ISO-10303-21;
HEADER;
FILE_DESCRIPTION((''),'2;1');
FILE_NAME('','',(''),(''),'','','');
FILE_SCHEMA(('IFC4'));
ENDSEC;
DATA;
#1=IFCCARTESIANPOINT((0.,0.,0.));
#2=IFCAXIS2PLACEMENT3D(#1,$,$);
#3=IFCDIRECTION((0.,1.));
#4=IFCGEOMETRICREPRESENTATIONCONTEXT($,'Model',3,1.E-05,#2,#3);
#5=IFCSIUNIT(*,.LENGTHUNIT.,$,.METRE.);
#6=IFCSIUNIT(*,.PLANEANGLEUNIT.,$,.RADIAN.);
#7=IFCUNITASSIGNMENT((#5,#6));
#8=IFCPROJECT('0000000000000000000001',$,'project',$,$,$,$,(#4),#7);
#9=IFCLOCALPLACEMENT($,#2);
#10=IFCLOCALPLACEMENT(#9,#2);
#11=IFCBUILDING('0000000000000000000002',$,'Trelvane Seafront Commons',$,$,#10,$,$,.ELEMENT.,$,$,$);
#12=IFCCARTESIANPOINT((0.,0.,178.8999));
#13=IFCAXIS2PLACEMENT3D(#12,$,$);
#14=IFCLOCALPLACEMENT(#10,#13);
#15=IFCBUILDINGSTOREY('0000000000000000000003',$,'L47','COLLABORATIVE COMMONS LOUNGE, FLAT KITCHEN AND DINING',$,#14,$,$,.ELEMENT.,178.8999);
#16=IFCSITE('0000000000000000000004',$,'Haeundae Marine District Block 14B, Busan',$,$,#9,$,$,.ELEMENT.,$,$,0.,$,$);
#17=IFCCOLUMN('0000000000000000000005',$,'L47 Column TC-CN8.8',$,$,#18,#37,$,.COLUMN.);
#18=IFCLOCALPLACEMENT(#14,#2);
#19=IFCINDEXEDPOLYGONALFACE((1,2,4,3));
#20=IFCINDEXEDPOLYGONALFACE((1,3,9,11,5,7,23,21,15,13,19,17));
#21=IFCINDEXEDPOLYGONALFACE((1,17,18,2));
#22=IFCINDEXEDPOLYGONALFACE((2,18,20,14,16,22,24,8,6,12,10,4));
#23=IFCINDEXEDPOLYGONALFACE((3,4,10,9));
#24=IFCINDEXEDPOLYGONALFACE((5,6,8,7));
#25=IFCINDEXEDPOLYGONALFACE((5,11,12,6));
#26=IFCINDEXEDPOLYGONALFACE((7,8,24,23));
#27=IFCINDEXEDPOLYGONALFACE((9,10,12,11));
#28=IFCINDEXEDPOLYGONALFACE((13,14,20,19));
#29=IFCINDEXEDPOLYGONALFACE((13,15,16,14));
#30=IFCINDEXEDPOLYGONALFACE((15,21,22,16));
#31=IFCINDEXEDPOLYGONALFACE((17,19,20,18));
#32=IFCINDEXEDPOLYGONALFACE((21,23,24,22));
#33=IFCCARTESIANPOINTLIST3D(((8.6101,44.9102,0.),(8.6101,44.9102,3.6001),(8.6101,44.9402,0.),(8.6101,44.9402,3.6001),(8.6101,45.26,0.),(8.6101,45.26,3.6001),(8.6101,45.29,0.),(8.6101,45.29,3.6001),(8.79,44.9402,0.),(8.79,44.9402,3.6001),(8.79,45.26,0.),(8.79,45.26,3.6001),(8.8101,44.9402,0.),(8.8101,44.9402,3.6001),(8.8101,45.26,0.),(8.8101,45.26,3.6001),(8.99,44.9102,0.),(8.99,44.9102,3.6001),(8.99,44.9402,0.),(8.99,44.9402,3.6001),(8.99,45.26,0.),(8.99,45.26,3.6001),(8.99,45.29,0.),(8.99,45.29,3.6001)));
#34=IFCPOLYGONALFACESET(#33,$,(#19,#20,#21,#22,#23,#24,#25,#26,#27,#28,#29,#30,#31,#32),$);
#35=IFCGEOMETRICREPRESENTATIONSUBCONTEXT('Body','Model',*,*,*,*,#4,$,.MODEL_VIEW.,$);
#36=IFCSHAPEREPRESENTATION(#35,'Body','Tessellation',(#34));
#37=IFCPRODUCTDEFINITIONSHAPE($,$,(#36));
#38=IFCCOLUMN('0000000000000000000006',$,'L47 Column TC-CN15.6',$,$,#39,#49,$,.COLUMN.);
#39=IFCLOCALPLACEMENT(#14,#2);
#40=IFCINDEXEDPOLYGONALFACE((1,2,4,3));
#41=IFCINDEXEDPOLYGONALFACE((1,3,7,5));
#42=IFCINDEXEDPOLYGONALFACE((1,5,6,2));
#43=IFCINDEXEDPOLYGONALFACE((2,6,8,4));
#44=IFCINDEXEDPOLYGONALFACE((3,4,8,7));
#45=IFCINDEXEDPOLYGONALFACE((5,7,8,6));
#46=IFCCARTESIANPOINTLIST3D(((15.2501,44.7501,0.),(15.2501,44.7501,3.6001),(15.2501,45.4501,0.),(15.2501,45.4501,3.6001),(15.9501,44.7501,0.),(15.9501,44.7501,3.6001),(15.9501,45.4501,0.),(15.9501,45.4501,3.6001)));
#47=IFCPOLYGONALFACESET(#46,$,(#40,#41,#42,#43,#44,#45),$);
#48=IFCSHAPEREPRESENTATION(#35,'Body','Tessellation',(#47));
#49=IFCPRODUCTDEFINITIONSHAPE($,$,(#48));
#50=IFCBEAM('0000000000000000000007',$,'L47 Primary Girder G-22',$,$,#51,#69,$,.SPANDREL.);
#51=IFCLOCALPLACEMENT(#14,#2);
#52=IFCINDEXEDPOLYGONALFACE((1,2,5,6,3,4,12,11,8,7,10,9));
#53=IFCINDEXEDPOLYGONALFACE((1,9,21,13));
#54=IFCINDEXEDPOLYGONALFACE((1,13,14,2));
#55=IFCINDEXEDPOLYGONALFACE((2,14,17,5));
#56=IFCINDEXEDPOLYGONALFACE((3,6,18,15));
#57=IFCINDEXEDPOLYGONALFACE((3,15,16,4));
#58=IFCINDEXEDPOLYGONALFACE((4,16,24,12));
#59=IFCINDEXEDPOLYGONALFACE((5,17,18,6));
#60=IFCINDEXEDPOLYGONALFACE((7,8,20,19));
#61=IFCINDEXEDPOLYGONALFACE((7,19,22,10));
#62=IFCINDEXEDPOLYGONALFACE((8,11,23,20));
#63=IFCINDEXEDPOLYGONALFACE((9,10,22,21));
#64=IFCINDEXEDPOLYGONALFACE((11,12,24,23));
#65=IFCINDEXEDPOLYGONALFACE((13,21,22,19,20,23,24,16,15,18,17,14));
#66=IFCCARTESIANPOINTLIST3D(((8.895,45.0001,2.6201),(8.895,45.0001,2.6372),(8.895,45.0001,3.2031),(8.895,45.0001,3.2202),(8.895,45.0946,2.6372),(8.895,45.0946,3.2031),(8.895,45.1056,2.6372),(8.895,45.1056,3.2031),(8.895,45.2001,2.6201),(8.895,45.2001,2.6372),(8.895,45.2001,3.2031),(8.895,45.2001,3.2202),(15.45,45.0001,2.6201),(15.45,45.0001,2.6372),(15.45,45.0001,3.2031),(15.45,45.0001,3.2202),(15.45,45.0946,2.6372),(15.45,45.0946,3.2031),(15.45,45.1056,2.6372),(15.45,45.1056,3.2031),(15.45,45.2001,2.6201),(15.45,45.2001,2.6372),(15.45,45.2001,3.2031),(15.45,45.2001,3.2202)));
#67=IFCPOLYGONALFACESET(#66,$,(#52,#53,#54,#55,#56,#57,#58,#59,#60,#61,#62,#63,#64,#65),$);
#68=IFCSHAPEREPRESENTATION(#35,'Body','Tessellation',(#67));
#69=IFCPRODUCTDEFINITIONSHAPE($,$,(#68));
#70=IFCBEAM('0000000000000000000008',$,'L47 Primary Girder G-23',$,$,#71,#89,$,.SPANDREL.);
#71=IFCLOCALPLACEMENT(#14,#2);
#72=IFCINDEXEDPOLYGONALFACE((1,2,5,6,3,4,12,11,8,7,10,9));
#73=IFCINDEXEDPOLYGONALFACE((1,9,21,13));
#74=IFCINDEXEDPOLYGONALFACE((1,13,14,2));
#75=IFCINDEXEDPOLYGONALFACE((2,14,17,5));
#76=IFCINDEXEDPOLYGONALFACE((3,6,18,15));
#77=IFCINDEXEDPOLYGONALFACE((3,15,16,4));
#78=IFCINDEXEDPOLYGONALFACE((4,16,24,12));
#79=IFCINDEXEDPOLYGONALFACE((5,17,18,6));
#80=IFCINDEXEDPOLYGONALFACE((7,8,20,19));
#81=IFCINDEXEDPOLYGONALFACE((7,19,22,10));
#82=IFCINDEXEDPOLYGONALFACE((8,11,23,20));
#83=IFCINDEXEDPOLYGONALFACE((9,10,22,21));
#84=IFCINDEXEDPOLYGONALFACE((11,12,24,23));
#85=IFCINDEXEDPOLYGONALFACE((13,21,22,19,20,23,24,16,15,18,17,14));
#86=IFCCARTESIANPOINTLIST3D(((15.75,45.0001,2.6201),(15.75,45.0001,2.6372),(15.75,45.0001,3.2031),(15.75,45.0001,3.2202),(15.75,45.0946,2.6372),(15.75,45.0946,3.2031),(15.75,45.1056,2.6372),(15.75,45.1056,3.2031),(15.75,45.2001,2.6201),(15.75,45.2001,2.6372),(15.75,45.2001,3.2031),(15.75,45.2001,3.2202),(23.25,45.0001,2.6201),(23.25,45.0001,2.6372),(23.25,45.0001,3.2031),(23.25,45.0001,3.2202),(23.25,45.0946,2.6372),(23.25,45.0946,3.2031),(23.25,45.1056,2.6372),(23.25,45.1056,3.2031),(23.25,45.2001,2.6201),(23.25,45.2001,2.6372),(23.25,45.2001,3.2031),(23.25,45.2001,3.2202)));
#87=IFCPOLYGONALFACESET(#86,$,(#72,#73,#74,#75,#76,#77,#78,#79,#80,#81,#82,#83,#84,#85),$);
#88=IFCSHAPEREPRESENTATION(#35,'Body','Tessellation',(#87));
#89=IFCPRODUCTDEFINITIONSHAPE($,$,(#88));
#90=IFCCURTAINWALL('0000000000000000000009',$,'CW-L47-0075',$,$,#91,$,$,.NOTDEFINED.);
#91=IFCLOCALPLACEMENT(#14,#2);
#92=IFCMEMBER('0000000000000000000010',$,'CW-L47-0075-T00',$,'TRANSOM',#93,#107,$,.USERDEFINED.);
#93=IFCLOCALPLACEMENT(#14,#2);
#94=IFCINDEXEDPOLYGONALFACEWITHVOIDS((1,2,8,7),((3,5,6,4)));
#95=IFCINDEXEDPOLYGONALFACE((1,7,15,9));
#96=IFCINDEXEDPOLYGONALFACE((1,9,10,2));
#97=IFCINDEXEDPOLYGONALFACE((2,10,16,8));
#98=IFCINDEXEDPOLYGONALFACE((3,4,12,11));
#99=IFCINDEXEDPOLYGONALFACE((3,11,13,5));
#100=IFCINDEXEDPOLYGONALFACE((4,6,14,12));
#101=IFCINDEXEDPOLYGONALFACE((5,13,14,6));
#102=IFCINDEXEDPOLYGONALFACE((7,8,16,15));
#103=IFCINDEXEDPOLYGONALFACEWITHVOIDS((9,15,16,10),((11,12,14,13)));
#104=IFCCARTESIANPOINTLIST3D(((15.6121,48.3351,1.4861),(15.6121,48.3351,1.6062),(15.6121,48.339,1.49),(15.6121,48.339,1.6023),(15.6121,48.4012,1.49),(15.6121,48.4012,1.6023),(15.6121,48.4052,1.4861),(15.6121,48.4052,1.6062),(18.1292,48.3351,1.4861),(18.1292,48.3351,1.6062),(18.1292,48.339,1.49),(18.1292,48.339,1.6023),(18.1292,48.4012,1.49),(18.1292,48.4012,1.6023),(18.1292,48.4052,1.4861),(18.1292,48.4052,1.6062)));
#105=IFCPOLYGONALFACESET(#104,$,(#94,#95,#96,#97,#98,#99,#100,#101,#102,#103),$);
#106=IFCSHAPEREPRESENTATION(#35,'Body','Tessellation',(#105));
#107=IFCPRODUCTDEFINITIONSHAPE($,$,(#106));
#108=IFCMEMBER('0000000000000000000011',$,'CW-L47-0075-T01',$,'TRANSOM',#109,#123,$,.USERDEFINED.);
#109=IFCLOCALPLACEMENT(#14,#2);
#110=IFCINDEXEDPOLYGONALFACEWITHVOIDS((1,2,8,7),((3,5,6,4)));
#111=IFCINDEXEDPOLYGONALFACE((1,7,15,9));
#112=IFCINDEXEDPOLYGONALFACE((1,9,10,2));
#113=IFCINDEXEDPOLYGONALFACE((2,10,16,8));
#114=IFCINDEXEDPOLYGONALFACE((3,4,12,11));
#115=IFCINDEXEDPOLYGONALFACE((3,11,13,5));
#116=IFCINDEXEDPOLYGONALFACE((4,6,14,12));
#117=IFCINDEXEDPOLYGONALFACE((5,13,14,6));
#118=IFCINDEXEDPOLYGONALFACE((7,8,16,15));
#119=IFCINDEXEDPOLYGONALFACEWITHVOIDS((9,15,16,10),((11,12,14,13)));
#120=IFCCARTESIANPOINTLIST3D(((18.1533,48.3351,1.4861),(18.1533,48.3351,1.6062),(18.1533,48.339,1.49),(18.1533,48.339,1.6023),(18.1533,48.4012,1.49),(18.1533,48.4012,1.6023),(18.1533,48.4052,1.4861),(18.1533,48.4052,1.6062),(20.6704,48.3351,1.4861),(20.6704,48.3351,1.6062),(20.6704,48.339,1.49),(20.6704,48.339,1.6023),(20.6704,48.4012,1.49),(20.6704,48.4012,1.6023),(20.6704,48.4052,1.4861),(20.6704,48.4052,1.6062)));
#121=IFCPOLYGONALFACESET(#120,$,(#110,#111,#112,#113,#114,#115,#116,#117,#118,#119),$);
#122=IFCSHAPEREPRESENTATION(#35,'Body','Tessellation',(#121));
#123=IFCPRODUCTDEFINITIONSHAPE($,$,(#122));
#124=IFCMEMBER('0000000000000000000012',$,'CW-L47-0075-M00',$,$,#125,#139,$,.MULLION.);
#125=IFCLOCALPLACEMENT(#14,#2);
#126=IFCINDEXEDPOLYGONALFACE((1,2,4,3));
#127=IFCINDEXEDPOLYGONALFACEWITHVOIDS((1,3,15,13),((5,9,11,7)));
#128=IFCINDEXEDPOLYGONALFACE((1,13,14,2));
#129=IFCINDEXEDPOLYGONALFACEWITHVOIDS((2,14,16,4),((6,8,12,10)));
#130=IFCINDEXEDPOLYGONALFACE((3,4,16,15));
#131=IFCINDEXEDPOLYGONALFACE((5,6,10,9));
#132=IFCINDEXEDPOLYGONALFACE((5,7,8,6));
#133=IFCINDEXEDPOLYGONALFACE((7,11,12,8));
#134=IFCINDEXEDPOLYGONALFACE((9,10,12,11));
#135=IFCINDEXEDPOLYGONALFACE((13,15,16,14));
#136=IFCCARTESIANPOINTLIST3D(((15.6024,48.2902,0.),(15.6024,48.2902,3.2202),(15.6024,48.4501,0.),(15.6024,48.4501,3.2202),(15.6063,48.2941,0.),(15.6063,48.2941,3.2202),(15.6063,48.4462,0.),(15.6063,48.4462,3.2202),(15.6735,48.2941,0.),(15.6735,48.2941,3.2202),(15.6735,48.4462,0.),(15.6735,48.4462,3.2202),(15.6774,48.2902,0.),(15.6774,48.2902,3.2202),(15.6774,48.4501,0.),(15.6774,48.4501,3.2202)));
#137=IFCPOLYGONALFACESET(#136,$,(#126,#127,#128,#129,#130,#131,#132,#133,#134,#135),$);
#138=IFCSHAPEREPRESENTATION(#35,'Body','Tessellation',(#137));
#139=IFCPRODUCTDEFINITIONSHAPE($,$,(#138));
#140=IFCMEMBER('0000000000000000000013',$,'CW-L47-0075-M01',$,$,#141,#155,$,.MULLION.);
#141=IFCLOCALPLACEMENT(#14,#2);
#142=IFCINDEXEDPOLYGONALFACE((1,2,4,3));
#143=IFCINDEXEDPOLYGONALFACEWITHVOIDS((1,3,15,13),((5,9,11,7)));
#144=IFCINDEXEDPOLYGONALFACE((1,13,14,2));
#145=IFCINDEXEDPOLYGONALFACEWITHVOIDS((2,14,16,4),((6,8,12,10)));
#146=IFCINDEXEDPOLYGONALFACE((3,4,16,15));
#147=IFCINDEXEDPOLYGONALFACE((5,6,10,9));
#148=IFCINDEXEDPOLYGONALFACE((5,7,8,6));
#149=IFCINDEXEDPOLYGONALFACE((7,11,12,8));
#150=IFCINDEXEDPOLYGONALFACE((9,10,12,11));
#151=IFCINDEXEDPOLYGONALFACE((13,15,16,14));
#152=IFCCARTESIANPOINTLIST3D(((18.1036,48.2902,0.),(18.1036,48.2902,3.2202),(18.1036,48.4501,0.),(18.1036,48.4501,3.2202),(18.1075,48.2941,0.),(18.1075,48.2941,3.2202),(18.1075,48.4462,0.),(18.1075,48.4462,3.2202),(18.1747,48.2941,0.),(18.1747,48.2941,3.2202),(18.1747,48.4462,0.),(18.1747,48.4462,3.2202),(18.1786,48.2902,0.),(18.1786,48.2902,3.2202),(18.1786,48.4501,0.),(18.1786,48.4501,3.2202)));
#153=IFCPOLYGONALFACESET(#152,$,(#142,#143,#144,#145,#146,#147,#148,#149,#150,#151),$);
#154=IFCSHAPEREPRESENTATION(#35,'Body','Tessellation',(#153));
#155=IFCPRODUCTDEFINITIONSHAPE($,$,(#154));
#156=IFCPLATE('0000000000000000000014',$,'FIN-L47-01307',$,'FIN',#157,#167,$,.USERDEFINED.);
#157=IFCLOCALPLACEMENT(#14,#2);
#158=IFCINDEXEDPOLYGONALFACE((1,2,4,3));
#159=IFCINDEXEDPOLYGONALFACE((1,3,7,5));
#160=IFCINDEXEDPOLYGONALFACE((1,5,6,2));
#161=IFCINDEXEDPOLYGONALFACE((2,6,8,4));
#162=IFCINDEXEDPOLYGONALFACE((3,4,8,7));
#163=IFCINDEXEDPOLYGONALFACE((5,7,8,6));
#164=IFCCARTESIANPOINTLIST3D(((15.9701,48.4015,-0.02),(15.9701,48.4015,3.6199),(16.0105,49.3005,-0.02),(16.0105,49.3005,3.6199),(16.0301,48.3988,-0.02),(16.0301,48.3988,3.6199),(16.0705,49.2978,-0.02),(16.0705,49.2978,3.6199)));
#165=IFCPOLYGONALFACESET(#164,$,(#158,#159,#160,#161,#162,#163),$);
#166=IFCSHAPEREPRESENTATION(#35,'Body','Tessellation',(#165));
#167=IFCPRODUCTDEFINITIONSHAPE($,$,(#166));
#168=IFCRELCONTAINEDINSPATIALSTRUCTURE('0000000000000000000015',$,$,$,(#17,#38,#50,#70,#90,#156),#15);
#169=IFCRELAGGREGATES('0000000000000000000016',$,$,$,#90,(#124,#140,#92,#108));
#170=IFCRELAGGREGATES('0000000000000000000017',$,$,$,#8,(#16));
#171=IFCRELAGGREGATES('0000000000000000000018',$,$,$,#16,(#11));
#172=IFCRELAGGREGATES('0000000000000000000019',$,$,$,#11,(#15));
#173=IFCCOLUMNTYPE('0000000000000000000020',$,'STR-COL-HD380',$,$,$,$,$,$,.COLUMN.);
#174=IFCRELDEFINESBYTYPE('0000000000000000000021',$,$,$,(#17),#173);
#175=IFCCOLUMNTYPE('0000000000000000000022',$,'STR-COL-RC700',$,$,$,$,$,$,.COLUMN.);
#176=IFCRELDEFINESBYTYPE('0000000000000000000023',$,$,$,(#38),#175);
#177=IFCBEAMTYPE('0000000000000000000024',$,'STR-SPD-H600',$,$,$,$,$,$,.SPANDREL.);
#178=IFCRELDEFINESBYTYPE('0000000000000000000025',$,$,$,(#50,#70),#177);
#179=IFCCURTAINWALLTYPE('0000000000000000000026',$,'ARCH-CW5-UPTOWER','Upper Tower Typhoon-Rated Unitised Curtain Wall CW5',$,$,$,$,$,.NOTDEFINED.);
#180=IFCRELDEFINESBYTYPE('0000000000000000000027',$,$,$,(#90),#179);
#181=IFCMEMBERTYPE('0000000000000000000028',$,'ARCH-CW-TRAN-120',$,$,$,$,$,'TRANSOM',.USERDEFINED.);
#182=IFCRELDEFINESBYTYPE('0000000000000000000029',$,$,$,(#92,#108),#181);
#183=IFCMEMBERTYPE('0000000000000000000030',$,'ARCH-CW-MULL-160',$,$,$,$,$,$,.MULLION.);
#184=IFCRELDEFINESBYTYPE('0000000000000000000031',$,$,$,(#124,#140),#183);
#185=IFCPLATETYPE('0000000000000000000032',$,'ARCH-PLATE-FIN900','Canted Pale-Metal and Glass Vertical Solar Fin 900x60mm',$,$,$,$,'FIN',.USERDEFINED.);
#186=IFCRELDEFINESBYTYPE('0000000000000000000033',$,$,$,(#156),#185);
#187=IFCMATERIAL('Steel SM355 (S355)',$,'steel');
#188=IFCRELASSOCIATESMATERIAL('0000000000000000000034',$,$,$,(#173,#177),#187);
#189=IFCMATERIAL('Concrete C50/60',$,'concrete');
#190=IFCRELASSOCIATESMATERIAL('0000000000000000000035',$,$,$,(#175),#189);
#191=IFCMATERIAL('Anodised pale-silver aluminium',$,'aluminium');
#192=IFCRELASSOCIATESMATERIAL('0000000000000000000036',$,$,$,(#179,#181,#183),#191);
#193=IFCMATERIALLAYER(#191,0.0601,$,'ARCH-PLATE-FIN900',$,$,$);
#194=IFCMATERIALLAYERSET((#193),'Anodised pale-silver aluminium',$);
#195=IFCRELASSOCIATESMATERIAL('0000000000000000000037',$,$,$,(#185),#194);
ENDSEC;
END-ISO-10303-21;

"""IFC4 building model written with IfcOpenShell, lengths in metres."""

from ifc_helpers import new_model, si_unit, direction, frame, origin, origin_2d, place, context, subcontext, project, spatial, rectangle, hollow_rectangle, i_section, extrude, source, transform, mapped, material, layer, layer_set, material_profile, profile_set, type_object, element, aggregate, save


model = new_model("IFC4")

# Units and contexts
model_context = context("Model", 3, precision=1e-05, world=origin(), true_north=direction((0.0, 1.0)))
body_context = subcontext(model_context, "Body", "Model", "MODEL_VIEW")
ifc_project = project(units=[si_unit("LENGTHUNIT", "METRE"), si_unit("PLANEANGLEUNIT", "RADIAN")], contexts=[model_context])

# Site, building, storey
site_placement = place(None, origin())
site = spatial("IfcSite", under=ifc_project, at=site_placement, Name="Haeundae Marine District Block 14B, Busan", CompositionType="ELEMENT", RefElevation=0.0)
building_placement = place(site_placement, origin())
building = spatial("IfcBuilding", under=site, at=building_placement, Name="Trelvane Seafront Commons", CompositionType="ELEMENT")
storey_placement = place(building_placement, frame((0.0, 0.0, 178.8999)))
storey = spatial("IfcBuildingStorey", under=building, at=storey_placement, Name="L47", Description="COLLABORATIVE COMMONS LOUNGE, FLAT KITCHEN AND DINING", CompositionType="ELEMENT", Elevation=178.8999)

# Columns
ifc_material_1 = material(Name="Steel SM355 (S355)", Category="steel")
ifc_material_profile_1 = material_profile(ifc_material_1, i_section(OverallWidth=0.3799, OverallDepth=0.3799, WebThickness=0.02, FlangeThickness=0.03, at=origin_2d()), Name="HD-380x380x20x30")
ifc_profile_set_1 = profile_set([ifc_material_profile_1], Name="Steel SM355 (S355)")
column_type_1 = type_object("IfcColumnType", Name="STR-COL-HD380", PredefinedType="COLUMN", material=ifc_profile_set_1)
shared_shape_1 = source(origin(), body_context, "Body", "SweptSolid", [
    extrude(i_section(OverallWidth=0.3799, OverallDepth=0.3799, WebThickness=0.02, FlangeThickness=0.03, at=origin_2d()), origin(), (0.0, 0.0, 1.0), 3.6001),
])
column_1_placement = place(storey_placement, frame((8.8, 45.1001, 0.0), z_axis=(0.0, 0.0, 1.0), x_axis=(1.0, 0.0, 0.0)))
element("IfcColumn", 1, at=column_1_placement, inside=storey, type_object=column_type_1, Name="L47 Column TC-CN8.8", PredefinedType="COLUMN", context=body_context, shape_type="MappedRepresentation", body=[
    mapped(shared_shape_1, transform((0.0, 0.0, 0.0), x_axis=(1.0, 0.0, 0.0), y_axis=(0.0, 1.0, 0.0), z_axis=(0.0, 0.0, 1.0), scale=1.0)),
])
ifc_material_2 = material(Name="Concrete C50/60", Category="concrete")
ifc_material_profile_2 = material_profile(ifc_material_2, rectangle(XDim=0.7, YDim=0.7, at=origin_2d()), Name="RC-700x700")
ifc_profile_set_2 = profile_set([ifc_material_profile_2], Name="Concrete C50/60")
column_type_2 = type_object("IfcColumnType", Name="STR-COL-RC700", PredefinedType="COLUMN", material=ifc_profile_set_2)
shared_shape_2 = source(origin(), body_context, "Body", "SweptSolid", [
    extrude(rectangle(XDim=0.7, YDim=0.7, at=origin_2d()), origin(), (0.0, 0.0, 1.0), 3.6001),
])
column_2_placement = place(storey_placement, frame((15.6001, 45.1001, 0.0), z_axis=(0.0, 0.0, 1.0), x_axis=(1.0, 0.0, 0.0)))
element("IfcColumn", 2, at=column_2_placement, inside=storey, type_object=column_type_2, Name="L47 Column TC-CN15.6", PredefinedType="COLUMN", context=body_context, shape_type="MappedRepresentation", body=[
    mapped(shared_shape_2, transform((0.0, 0.0, 0.0), x_axis=(1.0, 0.0, 0.0), y_axis=(0.0, 1.0, 0.0), z_axis=(0.0, 0.0, 1.0), scale=1.0)),
])

# Beams
ifc_material_profile_3 = material_profile(ifc_material_1, i_section(OverallWidth=0.2, OverallDepth=0.6001, WebThickness=0.011, FlangeThickness=0.0171, at=origin_2d()), Name="H-600x200x11x17")
ifc_profile_set_3 = profile_set([ifc_material_profile_3], Name="Steel SM355 (S355)")
beam_type = type_object("IfcBeamType", Name="STR-SPD-H600", PredefinedType="SPANDREL", material=ifc_profile_set_3)
shared_shape_3 = source(origin(), body_context, "Body", "SweptSolid", [
    extrude(i_section(OverallWidth=0.2, OverallDepth=0.6001, WebThickness=0.011, FlangeThickness=0.0171, at=origin_2d()), origin(), (0.0, 0.0, 1.0), 6.5549),
])
beam_1_placement = place(storey_placement, frame((8.895, 45.1001, 2.9202), z_axis=(1.0, 0.0, 0.0), x_axis=(0.0, 1.0, 0.0)))
element("IfcBeam", 3, at=beam_1_placement, inside=storey, type_object=beam_type, Name="L47 Primary Girder G-22", PredefinedType="SPANDREL", context=body_context, shape_type="MappedRepresentation", body=[
    mapped(shared_shape_3, transform((0.0, 0.0, 0.0), x_axis=(1.0, 0.0, 0.0), y_axis=(0.0, 1.0, 0.0), z_axis=(0.0, 0.0, 1.0), scale=1.0)),
])
shared_shape_4 = source(origin(), body_context, "Body", "SweptSolid", [
    extrude(i_section(OverallWidth=0.2, OverallDepth=0.6001, WebThickness=0.011, FlangeThickness=0.0171, at=origin_2d()), origin(), (0.0, 0.0, 1.0), 7.5),
])
beam_2_placement = place(storey_placement, frame((15.75, 45.1001, 2.9202), z_axis=(1.0, 0.0, 0.0), x_axis=(0.0, 1.0, 0.0)))
element("IfcBeam", 4, at=beam_2_placement, inside=storey, type_object=beam_type, Name="L47 Primary Girder G-23", PredefinedType="SPANDREL", context=body_context, shape_type="MappedRepresentation", body=[
    mapped(shared_shape_4, transform((0.0, 0.0, 0.0), x_axis=(1.0, 0.0, 0.0), y_axis=(0.0, 1.0, 0.0), z_axis=(0.0, 0.0, 1.0), scale=1.0)),
])

# Curtain wall, members
ifc_material_3 = material(Name="Anodised pale-silver aluminium", Category="aluminium")
curtain_wall_type = type_object("IfcCurtainWallType", Name="ARCH-CW5-UPTOWER", Description="Upper Tower Typhoon-Rated Unitised Curtain Wall CW5", PredefinedType="NOTDEFINED", material=ifc_material_3)
curtain_wall_placement = place(storey_placement, origin())
curtain_wall = element("IfcCurtainWall", 5, at=curtain_wall_placement, inside=storey, type_object=curtain_wall_type, Name="CW-L47-0075", PredefinedType="NOTDEFINED")
ifc_material_profile_4 = material_profile(ifc_material_3, hollow_rectangle(XDim=0.0701, YDim=0.1201, WallThickness=0.0039, at=origin_2d()), Name="TRAN-70x120x4")
ifc_profile_set_4 = profile_set([ifc_material_profile_4], Name="Anodised pale-silver aluminium")
member_type_1 = type_object("IfcMemberType", Name="ARCH-CW-TRAN-120", ElementType="TRANSOM", PredefinedType="USERDEFINED", material=ifc_profile_set_4)
shared_shape_5 = source(origin(), body_context, "Body", "SweptSolid", [
    extrude(hollow_rectangle(XDim=0.0701, YDim=0.1201, WallThickness=0.0039, at=origin_2d()), origin(), (0.0, 0.0, 1.0), 2.5171),
])
member_1_placement = place(storey_placement, frame((15.6121, 48.3701, 1.5461), z_axis=(1.0, 0.0, 0.0), x_axis=(0.0, 1.0, 0.0)))
member_1 = element("IfcMember", 6, at=member_1_placement, type_object=member_type_1, Name="CW-L47-0075-T00", ObjectType="TRANSOM", PredefinedType="USERDEFINED", context=body_context, shape_type="MappedRepresentation", body=[
    mapped(shared_shape_5, transform((0.0, 0.0, 0.0), x_axis=(1.0, 0.0, 0.0), y_axis=(0.0, 1.0, 0.0), z_axis=(0.0, 0.0, 1.0), scale=1.0)),
])
member_2_placement = place(storey_placement, frame((18.1533, 48.3701, 1.5461), z_axis=(1.0, 0.0, 0.0), x_axis=(0.0, 1.0, 0.0)))
member_2 = element("IfcMember", 7, at=member_2_placement, type_object=member_type_1, Name="CW-L47-0075-T01", ObjectType="TRANSOM", PredefinedType="USERDEFINED", context=body_context, shape_type="MappedRepresentation", body=[
    mapped(shared_shape_5, transform((0.0, 0.0, 0.0), x_axis=(1.0, 0.0, 0.0), y_axis=(0.0, 1.0, 0.0), z_axis=(0.0, 0.0, 1.0), scale=1.0)),
])
ifc_material_profile_5 = material_profile(ifc_material_3, hollow_rectangle(XDim=0.075, YDim=0.1599, WallThickness=0.0039, at=origin_2d()), Name="MULL-75x160x4")
ifc_profile_set_5 = profile_set([ifc_material_profile_5], Name="Anodised pale-silver aluminium")
member_type_2 = type_object("IfcMemberType", Name="ARCH-CW-MULL-160", PredefinedType="MULLION", material=ifc_profile_set_5)
shared_shape_6 = source(origin(), body_context, "Body", "SweptSolid", [
    extrude(hollow_rectangle(XDim=0.075, YDim=0.1599, WallThickness=0.0039, at=origin_2d()), origin(), (0.0, 0.0, 1.0), 3.2202),
])
member_3_placement = place(storey_placement, frame((15.6399, 48.3701, 0.0), z_axis=(0.0, 0.0, 1.0), x_axis=(1.0, 0.0, 0.0)))
member_3 = element("IfcMember", 8, at=member_3_placement, type_object=member_type_2, Name="CW-L47-0075-M00", PredefinedType="MULLION", context=body_context, shape_type="MappedRepresentation", body=[
    mapped(shared_shape_6, transform((0.0, 0.0, 0.0), x_axis=(1.0, 0.0, 0.0), y_axis=(0.0, 1.0, 0.0), z_axis=(0.0, 0.0, 1.0), scale=1.0)),
])
member_4_placement = place(storey_placement, frame((18.1411, 48.3701, 0.0), z_axis=(0.0, 0.0, 1.0), x_axis=(1.0, 0.0, 0.0)))
member_4 = element("IfcMember", 9, at=member_4_placement, type_object=member_type_2, Name="CW-L47-0075-M01", PredefinedType="MULLION", context=body_context, shape_type="MappedRepresentation", body=[
    mapped(shared_shape_6, transform((0.0, 0.0, 0.0), x_axis=(1.0, 0.0, 0.0), y_axis=(0.0, 1.0, 0.0), z_axis=(0.0, 0.0, 1.0), scale=1.0)),
])

# Plate
ifc_layer_1 = layer(ifc_material_3, 0.0601, Name="ARCH-PLATE-FIN900")
ifc_layer_set_1 = layer_set([ifc_layer_1], Name="Anodised pale-silver aluminium")
plate_type_1 = type_object("IfcPlateType", Name="ARCH-PLATE-FIN900", Description="Canted Pale-Metal and Glass Vertical Solar Fin 900x60mm", ElementType="FIN", PredefinedType="USERDEFINED", material=ifc_layer_set_1)
shared_shape_7 = source(origin(), body_context, "Body", "SweptSolid", [
    extrude(rectangle(XDim=0.8999, YDim=0.0601, at=origin_2d()), origin(), (0.0, 0.0, 1.0), 3.6399),
])
for number, where, z_axis, x_axis, name in (
    (10, (16.0203, 48.8496, -0.02), (0.0, 0.0, 1.0), (0.044889, 0.998992, 0.0), "FIN-L47-01307"),
):
    element("IfcPlate", number, at=place(storey_placement, frame(where, z_axis=z_axis, x_axis=x_axis)), inside=storey, type_object=plate_type_1, Name=name, ObjectType="FIN", PredefinedType="USERDEFINED", context=body_context, shape_type="MappedRepresentation", body=[
        mapped(shared_shape_7, transform((0.0, 0.0, 0.0), x_axis=(1.0, 0.0, 0.0), y_axis=(0.0, 1.0, 0.0), z_axis=(0.0, 0.0, 1.0), scale=1.0)),
    ])

aggregate(curtain_wall, [member_3, member_4, member_1, member_2])

save(model, "model.ifc")
